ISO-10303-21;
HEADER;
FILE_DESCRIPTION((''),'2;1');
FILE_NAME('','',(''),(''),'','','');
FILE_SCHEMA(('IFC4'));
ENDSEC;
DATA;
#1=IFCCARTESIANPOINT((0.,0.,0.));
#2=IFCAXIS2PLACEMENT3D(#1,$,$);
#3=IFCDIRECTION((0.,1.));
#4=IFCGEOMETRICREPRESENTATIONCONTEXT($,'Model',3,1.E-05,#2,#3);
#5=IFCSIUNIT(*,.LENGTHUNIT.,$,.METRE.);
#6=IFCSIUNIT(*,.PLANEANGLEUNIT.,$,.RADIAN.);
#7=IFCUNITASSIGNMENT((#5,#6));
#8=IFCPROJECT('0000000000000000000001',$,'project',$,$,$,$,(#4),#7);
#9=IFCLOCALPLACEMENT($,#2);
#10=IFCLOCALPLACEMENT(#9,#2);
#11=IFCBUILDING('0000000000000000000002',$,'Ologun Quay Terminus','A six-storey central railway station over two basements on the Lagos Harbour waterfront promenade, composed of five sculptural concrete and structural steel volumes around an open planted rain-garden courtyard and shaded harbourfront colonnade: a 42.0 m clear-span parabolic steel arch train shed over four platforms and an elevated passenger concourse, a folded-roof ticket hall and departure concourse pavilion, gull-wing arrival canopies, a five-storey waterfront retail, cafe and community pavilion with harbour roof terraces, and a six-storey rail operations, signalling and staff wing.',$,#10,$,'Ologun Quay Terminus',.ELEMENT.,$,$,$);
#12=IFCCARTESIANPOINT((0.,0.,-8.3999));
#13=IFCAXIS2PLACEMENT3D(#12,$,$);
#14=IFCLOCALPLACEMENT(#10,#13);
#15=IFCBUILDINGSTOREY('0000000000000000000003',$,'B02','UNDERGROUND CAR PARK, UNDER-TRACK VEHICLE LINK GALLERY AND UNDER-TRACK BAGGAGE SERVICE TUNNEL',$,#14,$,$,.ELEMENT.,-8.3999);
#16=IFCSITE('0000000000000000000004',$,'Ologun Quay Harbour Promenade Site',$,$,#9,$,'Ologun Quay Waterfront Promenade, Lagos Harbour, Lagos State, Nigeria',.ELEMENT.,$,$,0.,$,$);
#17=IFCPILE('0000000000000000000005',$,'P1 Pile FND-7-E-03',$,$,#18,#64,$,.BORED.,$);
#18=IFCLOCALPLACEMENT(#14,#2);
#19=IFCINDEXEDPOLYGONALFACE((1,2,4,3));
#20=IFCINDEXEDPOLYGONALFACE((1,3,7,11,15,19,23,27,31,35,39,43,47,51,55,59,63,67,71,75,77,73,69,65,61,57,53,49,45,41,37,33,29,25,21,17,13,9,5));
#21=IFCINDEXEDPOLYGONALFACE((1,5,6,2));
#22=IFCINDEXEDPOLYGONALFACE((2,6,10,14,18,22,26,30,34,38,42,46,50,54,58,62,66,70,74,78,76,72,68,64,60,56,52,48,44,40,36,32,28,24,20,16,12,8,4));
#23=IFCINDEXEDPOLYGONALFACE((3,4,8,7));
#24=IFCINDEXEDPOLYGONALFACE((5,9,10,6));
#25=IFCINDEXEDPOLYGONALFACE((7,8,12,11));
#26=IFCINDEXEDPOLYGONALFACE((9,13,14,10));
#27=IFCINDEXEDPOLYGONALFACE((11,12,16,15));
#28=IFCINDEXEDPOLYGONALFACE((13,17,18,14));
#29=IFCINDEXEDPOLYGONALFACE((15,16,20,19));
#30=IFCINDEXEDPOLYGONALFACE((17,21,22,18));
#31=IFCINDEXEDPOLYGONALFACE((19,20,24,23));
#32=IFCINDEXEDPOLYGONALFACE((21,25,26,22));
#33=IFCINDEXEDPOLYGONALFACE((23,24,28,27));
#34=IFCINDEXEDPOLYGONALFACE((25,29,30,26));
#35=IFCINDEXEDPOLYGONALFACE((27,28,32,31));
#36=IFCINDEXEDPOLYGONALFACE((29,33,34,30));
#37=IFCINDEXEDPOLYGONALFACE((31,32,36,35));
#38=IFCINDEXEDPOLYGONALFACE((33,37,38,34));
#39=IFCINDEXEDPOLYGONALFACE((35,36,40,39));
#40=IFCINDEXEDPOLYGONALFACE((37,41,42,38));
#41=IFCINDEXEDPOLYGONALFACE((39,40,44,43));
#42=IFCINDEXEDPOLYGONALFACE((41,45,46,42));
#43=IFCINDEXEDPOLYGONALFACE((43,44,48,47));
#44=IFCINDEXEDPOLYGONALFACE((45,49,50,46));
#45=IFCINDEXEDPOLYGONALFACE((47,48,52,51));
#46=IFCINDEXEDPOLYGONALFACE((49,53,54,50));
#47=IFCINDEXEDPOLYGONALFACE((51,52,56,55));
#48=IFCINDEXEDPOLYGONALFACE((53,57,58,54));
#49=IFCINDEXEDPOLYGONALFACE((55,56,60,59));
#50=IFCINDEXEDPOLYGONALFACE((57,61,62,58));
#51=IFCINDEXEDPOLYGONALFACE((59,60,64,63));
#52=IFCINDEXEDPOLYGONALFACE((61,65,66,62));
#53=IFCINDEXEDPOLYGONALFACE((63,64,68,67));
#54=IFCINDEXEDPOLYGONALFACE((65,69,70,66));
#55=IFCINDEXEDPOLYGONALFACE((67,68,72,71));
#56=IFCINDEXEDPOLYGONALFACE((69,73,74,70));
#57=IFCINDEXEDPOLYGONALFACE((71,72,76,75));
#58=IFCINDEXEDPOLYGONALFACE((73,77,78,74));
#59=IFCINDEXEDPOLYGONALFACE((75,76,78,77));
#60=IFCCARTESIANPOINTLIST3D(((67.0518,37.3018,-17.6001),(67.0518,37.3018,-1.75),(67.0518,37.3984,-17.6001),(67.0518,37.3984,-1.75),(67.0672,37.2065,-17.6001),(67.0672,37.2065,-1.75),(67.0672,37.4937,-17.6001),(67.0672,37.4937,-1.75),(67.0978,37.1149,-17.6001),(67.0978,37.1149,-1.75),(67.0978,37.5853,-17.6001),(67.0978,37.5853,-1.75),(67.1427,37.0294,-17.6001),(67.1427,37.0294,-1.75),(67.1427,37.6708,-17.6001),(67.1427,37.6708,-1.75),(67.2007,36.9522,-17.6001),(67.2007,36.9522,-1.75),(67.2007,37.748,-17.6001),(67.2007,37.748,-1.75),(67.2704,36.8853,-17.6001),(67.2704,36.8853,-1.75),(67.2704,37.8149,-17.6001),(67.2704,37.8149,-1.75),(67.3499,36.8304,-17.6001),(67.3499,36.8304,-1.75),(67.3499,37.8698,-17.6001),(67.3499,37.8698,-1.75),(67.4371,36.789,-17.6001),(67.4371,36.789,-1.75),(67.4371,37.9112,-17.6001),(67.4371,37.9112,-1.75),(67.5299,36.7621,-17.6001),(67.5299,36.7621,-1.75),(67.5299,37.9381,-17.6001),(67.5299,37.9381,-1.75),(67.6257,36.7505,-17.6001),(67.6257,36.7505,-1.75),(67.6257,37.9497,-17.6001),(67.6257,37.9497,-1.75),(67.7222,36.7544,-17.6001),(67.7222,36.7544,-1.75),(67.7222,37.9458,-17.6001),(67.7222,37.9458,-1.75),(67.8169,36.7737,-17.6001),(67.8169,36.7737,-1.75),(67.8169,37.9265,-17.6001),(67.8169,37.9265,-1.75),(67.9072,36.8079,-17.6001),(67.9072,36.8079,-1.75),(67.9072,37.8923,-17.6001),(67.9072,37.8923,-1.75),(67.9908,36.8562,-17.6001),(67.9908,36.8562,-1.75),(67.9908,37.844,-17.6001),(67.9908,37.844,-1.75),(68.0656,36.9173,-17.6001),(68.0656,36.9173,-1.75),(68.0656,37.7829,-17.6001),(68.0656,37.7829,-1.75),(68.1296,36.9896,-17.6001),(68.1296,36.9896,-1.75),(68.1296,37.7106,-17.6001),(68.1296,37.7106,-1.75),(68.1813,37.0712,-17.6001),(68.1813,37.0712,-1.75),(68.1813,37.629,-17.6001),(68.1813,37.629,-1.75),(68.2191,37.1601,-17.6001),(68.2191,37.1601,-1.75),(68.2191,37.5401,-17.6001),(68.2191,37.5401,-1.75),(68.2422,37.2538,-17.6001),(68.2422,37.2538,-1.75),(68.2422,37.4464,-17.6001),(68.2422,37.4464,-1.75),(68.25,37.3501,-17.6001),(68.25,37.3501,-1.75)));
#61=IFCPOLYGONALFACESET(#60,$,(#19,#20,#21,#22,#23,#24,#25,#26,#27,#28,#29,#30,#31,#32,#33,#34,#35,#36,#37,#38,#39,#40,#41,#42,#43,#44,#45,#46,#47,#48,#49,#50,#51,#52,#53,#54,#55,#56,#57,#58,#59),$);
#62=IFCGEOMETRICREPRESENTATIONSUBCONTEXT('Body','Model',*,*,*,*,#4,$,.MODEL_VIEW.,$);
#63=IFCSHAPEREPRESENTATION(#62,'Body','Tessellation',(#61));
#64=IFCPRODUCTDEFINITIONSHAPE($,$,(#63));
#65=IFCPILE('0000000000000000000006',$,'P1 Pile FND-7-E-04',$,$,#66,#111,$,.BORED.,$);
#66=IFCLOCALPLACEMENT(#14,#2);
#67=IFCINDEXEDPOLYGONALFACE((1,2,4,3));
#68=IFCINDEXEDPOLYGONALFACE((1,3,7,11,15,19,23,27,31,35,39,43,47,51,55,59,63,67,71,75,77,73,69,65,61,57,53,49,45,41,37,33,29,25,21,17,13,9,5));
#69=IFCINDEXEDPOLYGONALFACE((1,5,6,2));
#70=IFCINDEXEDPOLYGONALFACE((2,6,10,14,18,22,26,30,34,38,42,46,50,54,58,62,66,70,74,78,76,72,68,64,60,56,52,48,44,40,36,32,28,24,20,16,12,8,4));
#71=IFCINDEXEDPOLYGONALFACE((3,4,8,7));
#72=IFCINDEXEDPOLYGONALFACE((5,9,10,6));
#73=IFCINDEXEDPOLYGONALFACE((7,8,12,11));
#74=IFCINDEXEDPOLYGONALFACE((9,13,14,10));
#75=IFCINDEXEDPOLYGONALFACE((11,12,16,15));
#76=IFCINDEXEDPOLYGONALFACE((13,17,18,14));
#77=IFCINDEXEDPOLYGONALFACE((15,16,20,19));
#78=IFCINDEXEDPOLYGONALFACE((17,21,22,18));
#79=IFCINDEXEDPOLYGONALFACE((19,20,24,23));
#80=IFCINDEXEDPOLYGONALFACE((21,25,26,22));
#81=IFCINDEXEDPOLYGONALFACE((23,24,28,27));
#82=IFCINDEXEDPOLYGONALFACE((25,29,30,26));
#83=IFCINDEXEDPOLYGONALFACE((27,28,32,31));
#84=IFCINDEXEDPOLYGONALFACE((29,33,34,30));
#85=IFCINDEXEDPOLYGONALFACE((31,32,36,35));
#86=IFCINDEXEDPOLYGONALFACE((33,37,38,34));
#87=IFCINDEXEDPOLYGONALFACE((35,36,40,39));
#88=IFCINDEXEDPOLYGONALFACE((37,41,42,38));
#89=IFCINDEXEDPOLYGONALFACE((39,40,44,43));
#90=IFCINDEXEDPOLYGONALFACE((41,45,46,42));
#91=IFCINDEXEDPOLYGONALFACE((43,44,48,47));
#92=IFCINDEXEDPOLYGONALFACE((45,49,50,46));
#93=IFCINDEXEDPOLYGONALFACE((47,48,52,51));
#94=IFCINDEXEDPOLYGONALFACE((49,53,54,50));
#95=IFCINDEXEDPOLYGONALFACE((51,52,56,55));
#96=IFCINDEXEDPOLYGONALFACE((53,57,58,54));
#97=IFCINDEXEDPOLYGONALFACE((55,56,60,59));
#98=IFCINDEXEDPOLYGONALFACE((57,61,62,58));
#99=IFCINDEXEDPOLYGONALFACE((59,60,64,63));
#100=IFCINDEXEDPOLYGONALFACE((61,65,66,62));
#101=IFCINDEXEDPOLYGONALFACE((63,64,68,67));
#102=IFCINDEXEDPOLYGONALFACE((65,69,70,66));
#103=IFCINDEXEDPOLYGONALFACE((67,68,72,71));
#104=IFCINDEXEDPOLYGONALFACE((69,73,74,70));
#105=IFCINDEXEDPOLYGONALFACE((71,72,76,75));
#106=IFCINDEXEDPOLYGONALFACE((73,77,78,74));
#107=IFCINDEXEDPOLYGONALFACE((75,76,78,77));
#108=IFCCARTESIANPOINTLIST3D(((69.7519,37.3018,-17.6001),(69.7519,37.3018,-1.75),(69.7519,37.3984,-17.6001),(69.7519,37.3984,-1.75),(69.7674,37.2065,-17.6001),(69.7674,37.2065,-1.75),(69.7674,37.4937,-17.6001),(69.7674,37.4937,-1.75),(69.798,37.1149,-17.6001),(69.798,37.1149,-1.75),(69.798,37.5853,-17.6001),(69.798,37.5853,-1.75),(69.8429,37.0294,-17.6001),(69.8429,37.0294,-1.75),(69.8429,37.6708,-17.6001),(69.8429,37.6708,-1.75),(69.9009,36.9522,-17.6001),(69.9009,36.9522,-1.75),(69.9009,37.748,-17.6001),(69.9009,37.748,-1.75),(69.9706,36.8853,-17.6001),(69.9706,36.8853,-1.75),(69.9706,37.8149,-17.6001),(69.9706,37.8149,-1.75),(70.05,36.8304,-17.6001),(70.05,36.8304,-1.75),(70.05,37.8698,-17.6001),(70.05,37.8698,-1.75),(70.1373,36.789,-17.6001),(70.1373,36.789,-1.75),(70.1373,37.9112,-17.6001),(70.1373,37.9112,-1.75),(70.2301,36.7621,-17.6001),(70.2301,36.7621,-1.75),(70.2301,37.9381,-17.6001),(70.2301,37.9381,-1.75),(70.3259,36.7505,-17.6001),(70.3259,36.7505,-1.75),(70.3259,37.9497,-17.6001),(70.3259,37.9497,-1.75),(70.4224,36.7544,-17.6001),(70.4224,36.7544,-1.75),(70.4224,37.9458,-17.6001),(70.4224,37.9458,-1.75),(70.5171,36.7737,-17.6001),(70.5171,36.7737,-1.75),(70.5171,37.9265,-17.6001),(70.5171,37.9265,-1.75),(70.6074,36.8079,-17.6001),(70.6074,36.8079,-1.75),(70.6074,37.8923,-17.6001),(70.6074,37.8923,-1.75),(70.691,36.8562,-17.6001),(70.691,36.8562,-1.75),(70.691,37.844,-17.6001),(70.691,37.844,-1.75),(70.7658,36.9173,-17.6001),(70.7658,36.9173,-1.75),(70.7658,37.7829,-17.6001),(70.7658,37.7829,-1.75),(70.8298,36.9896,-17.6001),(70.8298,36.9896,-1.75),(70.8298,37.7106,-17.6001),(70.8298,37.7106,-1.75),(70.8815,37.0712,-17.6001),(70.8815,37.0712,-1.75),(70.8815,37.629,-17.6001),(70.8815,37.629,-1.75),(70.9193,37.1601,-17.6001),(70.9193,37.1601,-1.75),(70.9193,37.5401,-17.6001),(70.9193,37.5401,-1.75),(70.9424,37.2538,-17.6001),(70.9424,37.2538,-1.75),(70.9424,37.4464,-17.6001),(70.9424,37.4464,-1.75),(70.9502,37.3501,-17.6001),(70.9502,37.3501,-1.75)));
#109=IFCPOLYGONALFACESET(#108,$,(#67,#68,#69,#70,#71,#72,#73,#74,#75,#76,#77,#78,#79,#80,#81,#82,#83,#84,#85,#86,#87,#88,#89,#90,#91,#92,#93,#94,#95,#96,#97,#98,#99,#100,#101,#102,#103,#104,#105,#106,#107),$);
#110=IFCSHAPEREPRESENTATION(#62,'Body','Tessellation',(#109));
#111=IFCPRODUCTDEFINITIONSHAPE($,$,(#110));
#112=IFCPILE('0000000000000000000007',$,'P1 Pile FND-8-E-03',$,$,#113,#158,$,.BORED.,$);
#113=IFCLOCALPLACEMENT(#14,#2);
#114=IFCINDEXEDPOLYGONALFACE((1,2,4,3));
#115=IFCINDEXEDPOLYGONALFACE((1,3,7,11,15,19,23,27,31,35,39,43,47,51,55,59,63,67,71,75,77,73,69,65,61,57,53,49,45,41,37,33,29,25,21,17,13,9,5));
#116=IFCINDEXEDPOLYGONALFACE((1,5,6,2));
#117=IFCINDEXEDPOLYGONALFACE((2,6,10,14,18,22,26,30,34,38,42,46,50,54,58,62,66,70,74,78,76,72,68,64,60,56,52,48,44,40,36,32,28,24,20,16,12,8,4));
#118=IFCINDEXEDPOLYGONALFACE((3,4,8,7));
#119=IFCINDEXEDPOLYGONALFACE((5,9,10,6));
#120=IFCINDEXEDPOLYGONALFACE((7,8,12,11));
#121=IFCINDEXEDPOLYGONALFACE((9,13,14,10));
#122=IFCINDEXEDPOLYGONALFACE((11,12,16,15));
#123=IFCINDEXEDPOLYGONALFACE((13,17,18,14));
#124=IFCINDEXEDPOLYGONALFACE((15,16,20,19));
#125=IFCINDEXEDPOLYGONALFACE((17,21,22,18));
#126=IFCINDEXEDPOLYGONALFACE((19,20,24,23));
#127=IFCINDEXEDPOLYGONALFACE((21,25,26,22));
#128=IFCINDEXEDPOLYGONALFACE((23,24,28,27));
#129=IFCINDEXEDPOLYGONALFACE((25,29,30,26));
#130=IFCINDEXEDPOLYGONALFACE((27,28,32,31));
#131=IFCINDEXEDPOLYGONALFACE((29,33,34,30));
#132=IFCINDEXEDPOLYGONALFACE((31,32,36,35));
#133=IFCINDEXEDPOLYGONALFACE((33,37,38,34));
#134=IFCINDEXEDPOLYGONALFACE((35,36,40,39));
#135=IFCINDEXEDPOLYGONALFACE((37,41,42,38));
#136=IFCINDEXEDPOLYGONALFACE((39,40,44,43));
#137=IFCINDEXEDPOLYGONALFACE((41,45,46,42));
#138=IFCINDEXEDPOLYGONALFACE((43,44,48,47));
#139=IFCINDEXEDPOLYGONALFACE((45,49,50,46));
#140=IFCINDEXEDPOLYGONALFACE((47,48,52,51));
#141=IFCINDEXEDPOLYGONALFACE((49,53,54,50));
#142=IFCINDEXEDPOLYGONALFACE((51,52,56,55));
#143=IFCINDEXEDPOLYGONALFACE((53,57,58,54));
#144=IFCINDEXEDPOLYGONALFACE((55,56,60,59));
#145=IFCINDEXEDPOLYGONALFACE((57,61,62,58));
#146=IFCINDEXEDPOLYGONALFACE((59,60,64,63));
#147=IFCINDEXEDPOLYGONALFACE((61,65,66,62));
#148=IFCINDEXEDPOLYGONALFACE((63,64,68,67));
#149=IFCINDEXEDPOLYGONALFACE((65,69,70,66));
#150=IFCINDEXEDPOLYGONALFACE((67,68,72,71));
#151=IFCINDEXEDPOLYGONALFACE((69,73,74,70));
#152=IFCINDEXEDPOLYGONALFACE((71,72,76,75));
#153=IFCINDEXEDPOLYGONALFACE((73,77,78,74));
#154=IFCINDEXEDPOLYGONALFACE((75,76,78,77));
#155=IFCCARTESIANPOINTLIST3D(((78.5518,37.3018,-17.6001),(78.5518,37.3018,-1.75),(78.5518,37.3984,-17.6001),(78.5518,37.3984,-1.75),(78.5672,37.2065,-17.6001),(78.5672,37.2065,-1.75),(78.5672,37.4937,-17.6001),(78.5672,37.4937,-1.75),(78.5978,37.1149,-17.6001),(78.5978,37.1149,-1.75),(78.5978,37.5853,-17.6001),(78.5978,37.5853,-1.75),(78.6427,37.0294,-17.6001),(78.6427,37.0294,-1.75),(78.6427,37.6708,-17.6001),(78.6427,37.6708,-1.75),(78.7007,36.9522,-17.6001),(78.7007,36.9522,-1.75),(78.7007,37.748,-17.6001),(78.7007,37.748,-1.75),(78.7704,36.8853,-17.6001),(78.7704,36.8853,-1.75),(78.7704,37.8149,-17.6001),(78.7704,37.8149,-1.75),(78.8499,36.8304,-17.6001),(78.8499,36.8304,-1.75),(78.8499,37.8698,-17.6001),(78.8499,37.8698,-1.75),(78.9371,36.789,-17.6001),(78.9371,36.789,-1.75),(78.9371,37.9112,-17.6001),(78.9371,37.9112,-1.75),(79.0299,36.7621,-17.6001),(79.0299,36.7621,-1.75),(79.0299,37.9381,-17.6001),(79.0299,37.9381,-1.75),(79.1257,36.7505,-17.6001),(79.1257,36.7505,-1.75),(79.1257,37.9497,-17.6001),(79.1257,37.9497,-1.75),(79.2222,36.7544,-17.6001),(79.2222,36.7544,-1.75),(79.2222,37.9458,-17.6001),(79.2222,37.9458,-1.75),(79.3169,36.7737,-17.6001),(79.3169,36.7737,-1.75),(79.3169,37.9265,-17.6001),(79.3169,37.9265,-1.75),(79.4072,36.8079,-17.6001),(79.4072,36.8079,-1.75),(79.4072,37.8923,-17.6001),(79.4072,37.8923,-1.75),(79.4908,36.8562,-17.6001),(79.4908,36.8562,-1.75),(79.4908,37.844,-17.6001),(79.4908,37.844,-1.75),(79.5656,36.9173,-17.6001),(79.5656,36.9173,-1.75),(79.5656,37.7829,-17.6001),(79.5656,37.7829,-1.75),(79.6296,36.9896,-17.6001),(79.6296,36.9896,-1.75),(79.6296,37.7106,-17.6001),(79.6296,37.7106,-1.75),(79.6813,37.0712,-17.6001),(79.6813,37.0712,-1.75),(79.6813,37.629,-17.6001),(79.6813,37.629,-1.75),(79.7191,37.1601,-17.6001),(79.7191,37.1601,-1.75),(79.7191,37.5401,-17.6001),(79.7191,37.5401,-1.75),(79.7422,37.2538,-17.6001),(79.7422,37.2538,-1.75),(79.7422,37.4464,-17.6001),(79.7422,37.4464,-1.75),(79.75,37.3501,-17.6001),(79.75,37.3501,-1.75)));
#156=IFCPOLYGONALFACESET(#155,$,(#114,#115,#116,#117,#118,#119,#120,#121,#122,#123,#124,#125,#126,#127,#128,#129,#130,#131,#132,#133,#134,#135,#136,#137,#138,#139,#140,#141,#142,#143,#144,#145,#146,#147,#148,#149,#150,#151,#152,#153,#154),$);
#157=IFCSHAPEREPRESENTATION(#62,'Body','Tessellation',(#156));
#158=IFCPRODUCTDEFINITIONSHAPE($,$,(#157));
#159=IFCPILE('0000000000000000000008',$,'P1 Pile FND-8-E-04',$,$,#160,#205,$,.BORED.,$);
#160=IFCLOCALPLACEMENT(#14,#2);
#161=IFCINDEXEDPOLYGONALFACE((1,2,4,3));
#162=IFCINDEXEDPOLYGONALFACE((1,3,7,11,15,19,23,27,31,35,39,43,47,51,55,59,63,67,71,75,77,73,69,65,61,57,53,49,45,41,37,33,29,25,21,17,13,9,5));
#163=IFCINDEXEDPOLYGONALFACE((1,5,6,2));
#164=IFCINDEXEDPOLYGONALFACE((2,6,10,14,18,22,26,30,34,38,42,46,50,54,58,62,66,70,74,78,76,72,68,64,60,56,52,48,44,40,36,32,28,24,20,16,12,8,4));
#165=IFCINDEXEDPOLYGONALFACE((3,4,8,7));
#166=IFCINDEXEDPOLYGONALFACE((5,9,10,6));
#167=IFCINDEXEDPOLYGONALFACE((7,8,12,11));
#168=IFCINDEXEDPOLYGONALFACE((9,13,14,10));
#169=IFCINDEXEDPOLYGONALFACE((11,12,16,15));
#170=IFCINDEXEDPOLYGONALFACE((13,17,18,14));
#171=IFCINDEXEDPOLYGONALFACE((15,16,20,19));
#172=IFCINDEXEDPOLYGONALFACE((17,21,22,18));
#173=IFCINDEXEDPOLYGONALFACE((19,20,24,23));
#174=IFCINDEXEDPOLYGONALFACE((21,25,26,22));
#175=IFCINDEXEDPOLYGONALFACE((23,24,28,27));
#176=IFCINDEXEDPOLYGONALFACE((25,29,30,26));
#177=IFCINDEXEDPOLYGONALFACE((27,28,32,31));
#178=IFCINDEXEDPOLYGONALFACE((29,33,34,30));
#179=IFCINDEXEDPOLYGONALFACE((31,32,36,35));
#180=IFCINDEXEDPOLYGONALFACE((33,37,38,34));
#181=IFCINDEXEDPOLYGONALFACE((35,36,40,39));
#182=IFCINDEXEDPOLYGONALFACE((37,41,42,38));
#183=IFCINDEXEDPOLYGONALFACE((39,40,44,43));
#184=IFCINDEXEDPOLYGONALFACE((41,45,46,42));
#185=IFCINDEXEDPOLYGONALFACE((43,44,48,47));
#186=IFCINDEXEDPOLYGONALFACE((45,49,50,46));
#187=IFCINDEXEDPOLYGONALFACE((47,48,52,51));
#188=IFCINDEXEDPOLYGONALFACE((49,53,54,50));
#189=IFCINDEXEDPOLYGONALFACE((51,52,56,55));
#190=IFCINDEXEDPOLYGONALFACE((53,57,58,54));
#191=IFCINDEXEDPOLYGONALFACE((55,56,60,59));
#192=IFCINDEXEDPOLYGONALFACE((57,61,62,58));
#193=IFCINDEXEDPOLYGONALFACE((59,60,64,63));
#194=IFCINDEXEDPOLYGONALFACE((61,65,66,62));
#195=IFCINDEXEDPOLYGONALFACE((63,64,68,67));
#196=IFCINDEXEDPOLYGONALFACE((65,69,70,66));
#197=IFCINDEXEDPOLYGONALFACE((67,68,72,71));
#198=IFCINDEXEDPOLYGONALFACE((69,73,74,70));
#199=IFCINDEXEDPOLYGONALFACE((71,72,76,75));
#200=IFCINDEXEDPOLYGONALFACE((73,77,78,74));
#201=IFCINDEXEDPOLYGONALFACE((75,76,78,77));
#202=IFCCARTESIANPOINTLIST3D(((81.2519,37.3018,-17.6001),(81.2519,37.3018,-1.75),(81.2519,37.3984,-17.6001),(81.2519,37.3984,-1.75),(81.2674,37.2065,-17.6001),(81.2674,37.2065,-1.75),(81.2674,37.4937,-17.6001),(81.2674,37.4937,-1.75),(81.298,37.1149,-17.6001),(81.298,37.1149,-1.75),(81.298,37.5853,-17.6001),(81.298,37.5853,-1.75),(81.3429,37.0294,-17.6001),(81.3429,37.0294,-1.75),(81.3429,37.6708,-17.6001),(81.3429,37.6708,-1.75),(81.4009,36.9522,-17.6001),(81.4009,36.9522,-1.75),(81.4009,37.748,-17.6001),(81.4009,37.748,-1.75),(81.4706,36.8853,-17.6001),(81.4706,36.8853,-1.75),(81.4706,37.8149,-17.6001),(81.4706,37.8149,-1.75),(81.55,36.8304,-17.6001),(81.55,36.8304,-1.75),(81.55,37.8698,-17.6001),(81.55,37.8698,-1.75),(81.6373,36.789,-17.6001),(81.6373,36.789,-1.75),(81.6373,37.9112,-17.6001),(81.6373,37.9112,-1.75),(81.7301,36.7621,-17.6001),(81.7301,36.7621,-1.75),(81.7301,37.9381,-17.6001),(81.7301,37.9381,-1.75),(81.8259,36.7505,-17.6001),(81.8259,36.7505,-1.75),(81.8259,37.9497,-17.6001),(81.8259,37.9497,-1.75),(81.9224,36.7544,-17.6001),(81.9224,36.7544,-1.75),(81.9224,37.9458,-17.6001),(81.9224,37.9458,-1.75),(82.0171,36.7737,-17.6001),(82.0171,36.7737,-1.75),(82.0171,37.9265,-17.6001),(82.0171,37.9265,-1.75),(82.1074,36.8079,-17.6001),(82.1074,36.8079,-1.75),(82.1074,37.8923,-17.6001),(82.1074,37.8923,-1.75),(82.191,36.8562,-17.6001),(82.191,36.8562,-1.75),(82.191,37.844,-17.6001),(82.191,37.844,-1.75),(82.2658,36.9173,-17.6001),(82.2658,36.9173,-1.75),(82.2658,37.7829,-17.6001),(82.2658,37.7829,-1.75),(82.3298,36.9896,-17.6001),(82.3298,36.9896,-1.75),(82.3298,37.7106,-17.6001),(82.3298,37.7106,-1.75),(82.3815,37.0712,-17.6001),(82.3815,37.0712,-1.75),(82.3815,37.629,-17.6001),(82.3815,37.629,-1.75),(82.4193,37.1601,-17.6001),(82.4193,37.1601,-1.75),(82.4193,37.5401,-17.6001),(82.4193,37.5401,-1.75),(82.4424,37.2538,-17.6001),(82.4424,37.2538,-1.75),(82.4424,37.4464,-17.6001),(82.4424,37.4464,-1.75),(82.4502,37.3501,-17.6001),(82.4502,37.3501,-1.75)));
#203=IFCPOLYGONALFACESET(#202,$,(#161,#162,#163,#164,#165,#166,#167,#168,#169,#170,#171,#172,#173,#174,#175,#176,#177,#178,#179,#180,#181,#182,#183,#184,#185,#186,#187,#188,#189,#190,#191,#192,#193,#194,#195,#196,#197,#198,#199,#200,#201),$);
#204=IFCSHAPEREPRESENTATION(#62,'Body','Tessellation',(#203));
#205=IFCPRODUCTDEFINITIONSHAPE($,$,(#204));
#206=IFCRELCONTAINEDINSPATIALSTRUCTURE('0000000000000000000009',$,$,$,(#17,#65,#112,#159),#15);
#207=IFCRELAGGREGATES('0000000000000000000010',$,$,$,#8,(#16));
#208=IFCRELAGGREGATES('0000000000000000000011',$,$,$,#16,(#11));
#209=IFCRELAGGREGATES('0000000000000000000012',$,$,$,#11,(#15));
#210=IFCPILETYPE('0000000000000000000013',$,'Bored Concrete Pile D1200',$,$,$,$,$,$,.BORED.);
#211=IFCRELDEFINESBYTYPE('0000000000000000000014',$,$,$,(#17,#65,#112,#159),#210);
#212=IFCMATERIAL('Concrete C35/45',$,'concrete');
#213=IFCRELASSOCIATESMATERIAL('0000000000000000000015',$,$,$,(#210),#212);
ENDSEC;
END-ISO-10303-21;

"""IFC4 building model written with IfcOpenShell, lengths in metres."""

from ifc_helpers import new_model, si_unit, direction, frame, origin, origin_2d, place, context, subcontext, project, spatial, circle, extrude, material, material_profile, profile_set, type_object, element, save


model = new_model("IFC4")

# Units and contexts
model_context = context("Model", 3, precision=1e-05, world=origin(), true_north=direction((0.0, 1.0)))
body_context = subcontext(model_context, "Body", "Model", "MODEL_VIEW")
ifc_project = project(units=[si_unit("LENGTHUNIT", "METRE"), si_unit("PLANEANGLEUNIT", "RADIAN")], contexts=[model_context])

# Site, building, storey
site_placement = place(None, origin())
site = spatial("IfcSite", under=ifc_project, at=site_placement, Name="Ologun Quay Harbour Promenade Site", LongName="Ologun Quay Waterfront Promenade, Lagos Harbour, Lagos State, Nigeria", CompositionType="ELEMENT", RefElevation=0.0)
building_placement = place(site_placement, origin())
building = spatial("IfcBuilding", under=site, at=building_placement, Name="Ologun Quay Terminus", Description="A six-storey central railway station over two basements on the Lagos Harbour waterfront promenade, composed of five sculptural concrete and structural steel volumes around an open planted rain-garden courtyard and shaded harbourfront colonnade: a 42.0 m clear-span parabolic steel arch train shed over four platforms and an elevated passenger concourse, a folded-roof ticket hall and departure concourse pavilion, gull-wing arrival canopies, a five-storey waterfront retail, cafe and community pavilion with harbour roof terraces, and a six-storey rail operations, signalling and staff wing.", LongName="Ologun Quay Terminus", CompositionType="ELEMENT")
storey_placement = place(building_placement, frame((0.0, 0.0, -8.3999)))
storey = spatial("IfcBuildingStorey", under=building, at=storey_placement, Name="B02", Description="UNDERGROUND CAR PARK, UNDER-TRACK VEHICLE LINK GALLERY AND UNDER-TRACK BAGGAGE SERVICE TUNNEL", CompositionType="ELEMENT", Elevation=-8.3999)

# Piles
ifc_material_1 = material(Name="Concrete C35/45", Category="concrete")
ifc_material_profile_1 = material_profile(ifc_material_1, circle(Radius=0.6001, at=origin_2d()), Name="PILE D1200")
ifc_profile_set_1 = profile_set([ifc_material_profile_1], Name="Concrete C35/45")
pile_type_1 = type_object("IfcPileType", Name="Bored Concrete Pile D1200", PredefinedType="BORED", material=ifc_profile_set_1)
for number, where, z_axis, x_axis, name in (
    (1, (67.6499, 37.3501, -1.75), (0.0, 0.0, -1.0), (1.0, 0.0, 0.0), "P1 Pile FND-7-E-03"),
    (2, (70.3501, 37.3501, -1.75), (0.0, 0.0, -1.0), (1.0, 0.0, 0.0), "P1 Pile FND-7-E-04"),
    (3, (79.1499, 37.3501, -1.75), (0.0, 0.0, -1.0), (1.0, 0.0, 0.0), "P1 Pile FND-8-E-03"),
    (4, (81.8501, 37.3501, -1.75), (0.0, 0.0, -1.0), (1.0, 0.0, 0.0), "P1 Pile FND-8-E-04"),
):
    element("IfcPile", number, at=place(storey_placement, frame(where, z_axis=z_axis, x_axis=x_axis)), inside=storey, type_object=pile_type_1, Name=name, PredefinedType="BORED", context=body_context, shape_type="SweptSolid", body=[
        extrude(circle(Radius=0.6001, at=origin_2d()), origin(), (0.0, 0.0, 1.0), 15.8501),
    ])

save(model, "model.ifc")
